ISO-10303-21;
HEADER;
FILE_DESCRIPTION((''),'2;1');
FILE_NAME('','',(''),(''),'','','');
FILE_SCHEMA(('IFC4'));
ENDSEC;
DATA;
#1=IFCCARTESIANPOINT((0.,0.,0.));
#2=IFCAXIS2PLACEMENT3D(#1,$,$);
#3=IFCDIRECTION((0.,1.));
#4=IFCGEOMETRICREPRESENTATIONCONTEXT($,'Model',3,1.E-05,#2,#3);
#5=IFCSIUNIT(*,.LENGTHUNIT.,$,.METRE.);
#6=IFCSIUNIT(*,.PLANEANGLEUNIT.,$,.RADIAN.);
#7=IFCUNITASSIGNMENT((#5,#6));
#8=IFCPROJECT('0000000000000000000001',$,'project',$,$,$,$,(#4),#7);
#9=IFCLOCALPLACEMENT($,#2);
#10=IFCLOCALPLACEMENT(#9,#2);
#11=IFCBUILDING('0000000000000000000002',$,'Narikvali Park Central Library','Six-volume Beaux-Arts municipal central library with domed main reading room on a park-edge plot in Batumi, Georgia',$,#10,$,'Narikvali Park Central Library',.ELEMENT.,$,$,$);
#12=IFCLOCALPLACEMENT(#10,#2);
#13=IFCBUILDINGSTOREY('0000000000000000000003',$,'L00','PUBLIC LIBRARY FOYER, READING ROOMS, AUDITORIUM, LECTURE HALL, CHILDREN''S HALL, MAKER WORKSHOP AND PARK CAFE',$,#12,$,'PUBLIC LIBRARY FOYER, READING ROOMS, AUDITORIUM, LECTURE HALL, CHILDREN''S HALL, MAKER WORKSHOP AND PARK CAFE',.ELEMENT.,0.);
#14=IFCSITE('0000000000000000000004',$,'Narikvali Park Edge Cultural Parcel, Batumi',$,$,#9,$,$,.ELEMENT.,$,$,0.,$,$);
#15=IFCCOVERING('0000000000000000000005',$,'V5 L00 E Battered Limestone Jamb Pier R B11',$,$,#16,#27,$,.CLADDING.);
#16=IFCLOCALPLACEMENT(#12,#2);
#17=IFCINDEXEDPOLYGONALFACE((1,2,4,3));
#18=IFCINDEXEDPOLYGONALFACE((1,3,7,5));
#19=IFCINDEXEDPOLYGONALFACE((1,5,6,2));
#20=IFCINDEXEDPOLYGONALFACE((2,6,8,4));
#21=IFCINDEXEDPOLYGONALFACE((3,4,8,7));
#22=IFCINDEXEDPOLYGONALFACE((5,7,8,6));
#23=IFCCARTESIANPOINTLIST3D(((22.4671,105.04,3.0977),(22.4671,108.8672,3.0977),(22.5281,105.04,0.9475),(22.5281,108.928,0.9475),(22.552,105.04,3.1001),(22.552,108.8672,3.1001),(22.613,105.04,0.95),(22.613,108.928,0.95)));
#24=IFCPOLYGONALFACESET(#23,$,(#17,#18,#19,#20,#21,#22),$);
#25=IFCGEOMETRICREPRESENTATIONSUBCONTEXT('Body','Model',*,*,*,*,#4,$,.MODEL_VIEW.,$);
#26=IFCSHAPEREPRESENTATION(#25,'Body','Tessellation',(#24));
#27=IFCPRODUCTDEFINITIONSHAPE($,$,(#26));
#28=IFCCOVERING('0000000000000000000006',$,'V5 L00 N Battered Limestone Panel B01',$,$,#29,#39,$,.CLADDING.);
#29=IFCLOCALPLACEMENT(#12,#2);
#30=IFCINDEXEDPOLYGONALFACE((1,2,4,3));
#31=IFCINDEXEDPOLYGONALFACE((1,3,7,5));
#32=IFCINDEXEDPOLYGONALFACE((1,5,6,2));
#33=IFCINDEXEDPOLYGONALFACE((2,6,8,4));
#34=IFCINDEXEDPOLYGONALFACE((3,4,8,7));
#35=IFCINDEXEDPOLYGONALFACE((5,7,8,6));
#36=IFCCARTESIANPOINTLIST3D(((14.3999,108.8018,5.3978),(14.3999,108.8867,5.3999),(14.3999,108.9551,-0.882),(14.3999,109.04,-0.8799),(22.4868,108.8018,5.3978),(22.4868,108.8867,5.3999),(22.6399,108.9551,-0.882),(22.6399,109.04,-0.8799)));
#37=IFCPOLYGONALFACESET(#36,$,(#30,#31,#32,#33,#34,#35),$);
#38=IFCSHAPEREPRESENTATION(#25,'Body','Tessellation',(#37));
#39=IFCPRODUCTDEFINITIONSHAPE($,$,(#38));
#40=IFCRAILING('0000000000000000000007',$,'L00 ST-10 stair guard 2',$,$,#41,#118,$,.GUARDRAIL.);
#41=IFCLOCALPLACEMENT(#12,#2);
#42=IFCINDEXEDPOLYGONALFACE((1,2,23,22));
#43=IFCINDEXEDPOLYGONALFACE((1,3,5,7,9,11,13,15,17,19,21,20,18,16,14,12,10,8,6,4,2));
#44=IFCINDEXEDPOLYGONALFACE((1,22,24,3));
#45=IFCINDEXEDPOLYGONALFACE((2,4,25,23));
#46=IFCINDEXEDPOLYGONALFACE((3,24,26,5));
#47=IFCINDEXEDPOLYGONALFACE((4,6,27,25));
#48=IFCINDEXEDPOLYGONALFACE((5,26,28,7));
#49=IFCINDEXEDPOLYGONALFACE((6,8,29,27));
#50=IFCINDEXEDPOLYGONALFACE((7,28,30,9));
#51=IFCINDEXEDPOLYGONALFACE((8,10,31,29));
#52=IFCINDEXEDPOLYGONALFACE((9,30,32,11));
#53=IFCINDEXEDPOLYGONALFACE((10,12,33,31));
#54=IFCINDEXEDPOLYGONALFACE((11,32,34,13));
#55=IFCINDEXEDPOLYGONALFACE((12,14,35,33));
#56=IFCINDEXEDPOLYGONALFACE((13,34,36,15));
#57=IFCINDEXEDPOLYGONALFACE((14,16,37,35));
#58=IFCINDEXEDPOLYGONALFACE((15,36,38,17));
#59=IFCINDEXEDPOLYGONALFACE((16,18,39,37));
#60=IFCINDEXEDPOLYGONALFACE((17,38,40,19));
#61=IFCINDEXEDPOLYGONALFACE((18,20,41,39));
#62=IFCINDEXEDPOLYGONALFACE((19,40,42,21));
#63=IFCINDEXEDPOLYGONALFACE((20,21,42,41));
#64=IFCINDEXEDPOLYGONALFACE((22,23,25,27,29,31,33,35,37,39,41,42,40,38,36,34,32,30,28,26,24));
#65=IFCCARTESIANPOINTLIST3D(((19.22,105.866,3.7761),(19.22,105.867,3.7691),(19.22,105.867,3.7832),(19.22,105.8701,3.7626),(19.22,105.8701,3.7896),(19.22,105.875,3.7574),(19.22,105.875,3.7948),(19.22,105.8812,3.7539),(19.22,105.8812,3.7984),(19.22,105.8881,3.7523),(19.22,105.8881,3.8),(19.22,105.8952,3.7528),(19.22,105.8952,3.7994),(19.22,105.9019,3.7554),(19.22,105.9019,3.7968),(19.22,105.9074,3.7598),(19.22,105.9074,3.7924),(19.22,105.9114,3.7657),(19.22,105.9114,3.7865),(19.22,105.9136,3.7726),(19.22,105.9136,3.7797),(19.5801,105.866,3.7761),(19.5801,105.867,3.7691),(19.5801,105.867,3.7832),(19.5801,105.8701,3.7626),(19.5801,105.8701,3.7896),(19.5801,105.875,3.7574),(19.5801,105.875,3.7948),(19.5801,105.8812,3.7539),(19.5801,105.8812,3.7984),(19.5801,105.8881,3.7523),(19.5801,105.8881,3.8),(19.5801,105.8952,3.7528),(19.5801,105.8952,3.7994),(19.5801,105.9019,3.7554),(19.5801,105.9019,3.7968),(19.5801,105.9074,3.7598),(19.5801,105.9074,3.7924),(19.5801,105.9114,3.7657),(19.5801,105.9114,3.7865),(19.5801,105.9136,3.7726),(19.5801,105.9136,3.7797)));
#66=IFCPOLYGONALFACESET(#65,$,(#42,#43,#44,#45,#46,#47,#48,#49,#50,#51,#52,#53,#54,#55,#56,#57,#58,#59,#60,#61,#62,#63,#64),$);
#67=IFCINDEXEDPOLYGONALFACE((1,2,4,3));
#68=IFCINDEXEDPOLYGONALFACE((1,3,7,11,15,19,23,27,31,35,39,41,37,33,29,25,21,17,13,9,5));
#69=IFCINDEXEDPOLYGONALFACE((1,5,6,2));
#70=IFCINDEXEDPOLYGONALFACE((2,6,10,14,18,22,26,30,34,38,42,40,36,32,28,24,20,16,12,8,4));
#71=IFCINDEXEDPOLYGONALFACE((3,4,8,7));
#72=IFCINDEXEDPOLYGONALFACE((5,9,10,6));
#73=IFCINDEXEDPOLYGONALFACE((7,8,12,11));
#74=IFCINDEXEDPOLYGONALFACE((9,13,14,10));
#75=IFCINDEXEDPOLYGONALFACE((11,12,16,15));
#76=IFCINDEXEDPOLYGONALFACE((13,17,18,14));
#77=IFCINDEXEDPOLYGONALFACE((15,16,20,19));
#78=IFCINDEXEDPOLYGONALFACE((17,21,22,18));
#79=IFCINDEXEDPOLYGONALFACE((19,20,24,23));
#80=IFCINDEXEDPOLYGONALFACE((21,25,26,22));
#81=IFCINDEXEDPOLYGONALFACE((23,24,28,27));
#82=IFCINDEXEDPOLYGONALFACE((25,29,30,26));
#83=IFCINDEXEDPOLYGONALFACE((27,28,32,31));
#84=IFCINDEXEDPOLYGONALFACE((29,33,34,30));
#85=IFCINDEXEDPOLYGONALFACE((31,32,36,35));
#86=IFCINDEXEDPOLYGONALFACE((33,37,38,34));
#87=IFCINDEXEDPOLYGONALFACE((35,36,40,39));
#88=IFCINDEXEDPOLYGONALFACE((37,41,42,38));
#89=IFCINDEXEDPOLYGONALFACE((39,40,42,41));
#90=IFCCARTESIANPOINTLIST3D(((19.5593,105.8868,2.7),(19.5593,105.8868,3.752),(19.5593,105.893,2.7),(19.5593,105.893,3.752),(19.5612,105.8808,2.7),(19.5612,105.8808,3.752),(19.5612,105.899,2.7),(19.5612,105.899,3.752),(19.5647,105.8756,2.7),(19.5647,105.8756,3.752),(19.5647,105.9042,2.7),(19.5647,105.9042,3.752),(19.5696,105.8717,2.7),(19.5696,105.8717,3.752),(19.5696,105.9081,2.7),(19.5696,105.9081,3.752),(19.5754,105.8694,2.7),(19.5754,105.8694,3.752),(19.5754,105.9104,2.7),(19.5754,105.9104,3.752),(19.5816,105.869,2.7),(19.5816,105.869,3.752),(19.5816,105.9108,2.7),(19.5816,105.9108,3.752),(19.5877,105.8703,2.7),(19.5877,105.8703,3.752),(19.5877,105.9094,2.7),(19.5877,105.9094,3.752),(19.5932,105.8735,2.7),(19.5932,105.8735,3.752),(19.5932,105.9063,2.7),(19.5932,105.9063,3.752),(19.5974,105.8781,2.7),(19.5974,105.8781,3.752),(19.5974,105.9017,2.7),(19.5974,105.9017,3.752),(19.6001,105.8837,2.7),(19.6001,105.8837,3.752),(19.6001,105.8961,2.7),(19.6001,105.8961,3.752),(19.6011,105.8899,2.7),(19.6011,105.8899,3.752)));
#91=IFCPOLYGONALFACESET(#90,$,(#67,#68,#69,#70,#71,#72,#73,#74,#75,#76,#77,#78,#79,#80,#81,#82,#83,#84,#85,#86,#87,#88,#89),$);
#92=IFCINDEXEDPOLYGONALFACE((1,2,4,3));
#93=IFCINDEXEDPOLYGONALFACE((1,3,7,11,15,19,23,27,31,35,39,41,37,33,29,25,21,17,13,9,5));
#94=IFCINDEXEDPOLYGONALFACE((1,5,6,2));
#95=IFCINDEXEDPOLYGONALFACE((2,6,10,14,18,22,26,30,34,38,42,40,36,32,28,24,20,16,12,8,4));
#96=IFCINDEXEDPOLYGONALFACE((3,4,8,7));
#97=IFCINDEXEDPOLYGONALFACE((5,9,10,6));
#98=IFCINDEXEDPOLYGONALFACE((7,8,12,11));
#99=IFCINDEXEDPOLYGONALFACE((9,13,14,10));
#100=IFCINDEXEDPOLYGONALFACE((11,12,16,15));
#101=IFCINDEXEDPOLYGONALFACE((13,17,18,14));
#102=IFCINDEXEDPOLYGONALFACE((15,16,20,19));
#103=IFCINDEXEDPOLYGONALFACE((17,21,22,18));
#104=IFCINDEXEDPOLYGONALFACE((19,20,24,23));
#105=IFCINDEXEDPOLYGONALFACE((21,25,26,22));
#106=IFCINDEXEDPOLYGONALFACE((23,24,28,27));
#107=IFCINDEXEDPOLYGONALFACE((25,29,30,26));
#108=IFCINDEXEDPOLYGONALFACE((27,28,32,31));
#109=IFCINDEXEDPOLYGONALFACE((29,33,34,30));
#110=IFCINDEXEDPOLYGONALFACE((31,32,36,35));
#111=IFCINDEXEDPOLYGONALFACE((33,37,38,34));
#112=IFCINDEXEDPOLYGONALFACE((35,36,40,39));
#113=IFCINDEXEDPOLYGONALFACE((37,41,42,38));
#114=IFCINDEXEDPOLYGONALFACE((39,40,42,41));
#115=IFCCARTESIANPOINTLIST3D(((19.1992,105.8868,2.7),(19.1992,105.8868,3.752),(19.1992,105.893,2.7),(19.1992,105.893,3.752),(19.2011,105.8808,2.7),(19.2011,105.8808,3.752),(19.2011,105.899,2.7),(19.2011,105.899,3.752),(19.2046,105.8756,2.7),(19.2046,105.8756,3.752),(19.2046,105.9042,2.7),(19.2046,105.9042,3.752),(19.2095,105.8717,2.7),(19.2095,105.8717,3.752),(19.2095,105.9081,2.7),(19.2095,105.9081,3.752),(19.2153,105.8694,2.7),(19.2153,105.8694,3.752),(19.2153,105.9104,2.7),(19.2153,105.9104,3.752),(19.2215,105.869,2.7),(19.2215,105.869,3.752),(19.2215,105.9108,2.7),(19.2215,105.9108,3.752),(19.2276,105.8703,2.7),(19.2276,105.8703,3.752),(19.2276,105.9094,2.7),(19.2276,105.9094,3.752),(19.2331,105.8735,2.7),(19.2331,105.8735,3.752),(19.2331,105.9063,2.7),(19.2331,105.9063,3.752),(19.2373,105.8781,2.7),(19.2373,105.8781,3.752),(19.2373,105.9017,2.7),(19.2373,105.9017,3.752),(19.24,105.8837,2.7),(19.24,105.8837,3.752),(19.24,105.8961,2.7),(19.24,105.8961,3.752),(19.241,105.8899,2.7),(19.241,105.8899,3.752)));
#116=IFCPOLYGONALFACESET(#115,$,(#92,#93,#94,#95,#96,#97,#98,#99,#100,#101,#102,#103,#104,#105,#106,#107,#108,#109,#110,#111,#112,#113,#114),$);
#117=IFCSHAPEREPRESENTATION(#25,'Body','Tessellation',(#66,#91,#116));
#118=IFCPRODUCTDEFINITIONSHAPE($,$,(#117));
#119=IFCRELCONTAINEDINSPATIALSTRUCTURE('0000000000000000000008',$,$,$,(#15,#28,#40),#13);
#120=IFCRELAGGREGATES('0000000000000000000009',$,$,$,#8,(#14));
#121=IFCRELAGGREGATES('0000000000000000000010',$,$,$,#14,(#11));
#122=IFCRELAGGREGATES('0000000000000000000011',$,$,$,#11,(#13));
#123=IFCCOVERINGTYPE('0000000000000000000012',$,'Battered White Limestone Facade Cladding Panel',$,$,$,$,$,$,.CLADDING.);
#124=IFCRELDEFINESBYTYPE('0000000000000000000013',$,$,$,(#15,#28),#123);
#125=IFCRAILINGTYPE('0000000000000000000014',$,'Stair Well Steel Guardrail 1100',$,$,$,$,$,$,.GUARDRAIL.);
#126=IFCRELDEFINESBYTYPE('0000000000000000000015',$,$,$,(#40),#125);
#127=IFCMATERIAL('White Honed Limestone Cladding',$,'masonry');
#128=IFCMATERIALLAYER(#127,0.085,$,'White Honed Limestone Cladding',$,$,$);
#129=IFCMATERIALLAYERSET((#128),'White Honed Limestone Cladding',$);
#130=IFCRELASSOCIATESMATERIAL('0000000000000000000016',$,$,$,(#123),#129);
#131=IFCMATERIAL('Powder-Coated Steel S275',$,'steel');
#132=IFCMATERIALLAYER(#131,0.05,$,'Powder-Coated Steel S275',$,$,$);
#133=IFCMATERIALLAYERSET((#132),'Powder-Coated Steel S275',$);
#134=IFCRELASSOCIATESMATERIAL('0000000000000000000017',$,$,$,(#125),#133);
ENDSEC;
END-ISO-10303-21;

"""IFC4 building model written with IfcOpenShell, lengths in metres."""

from ifc_helpers import new_model, si_unit, direction, frame, origin, origin_2d, place, context, subcontext, project, spatial, polyline, circle, outline, extrude, material, layer, layer_set, type_object, element, save


model = new_model("IFC4")

# Units and contexts
model_context = context("Model", 3, precision=1e-05, world=origin(), true_north=direction((0.0, 1.0)))
body_context = subcontext(model_context, "Body", "Model", "MODEL_VIEW")
ifc_project = project(units=[si_unit("LENGTHUNIT", "METRE"), si_unit("PLANEANGLEUNIT", "RADIAN")], contexts=[model_context])

# Site, building, storey
site_placement = place(None, origin())
site = spatial("IfcSite", under=ifc_project, at=site_placement, Name="Narikvali Park Edge Cultural Parcel, Batumi", CompositionType="ELEMENT", RefElevation=0.0)
building_placement = place(site_placement, origin())
building = spatial("IfcBuilding", under=site, at=building_placement, Name="Narikvali Park Central Library", Description="Six-volume Beaux-Arts municipal central library with domed main reading room on a park-edge plot in Batumi, Georgia", LongName="Narikvali Park Central Library", CompositionType="ELEMENT")
storey_placement = place(building_placement, origin())
storey = spatial("IfcBuildingStorey", under=building, at=storey_placement, Name="L00", Description="PUBLIC LIBRARY FOYER, READING ROOMS, AUDITORIUM, LECTURE HALL, CHILDREN'S HALL, MAKER WORKSHOP AND PARK CAFE", LongName="PUBLIC LIBRARY FOYER, READING ROOMS, AUDITORIUM, LECTURE HALL, CHILDREN'S HALL, MAKER WORKSHOP AND PARK CAFE", CompositionType="ELEMENT", Elevation=0.0)

# Coverings
ifc_material_1 = material(Name="White Honed Limestone Cladding", Category="masonry")
ifc_layer_1 = layer(ifc_material_1, 0.085, Name="White Honed Limestone Cladding")
ifc_layer_set_1 = layer_set([ifc_layer_1], Name="White Honed Limestone Cladding")
covering_type = type_object("IfcCoveringType", Name="Battered White Limestone Facade Cladding Panel", PredefinedType="CLADDING", material=ifc_layer_set_1)
covering_1_placement = place(storey_placement, frame((22.613, 105.04, 0.95), z_axis=(0.999597, 0.0, 0.028375), x_axis=(0.0, 1.0, 0.0)))
element("IfcCovering", 1, at=covering_1_placement, inside=storey, type_object=covering_type, Name="V5 L00 E Battered Limestone Jamb Pier R B11", PredefinedType="CLADDING", context=body_context, shape_type="SweptSolid", body=[
    extrude(outline(polyline([(0.0, 0.0), (3.8879, 0.0), (3.8271, 2.151), (0.0, 2.151), (0.0, 0.0)])), origin(), (0.0, 0.0, -1.0), 0.085),
])
covering_2_placement = place(storey_placement, frame((22.6399, 109.04, -0.8799), z_axis=(0.0, 0.999702, 0.024408), x_axis=(-1.0, 0.0, 0.0)))
element("IfcCovering", 2, at=covering_2_placement, inside=storey, type_object=covering_type, Name="V5 L00 N Battered Limestone Panel B01", PredefinedType="CLADDING", context=body_context, shape_type="SweptSolid", body=[
    extrude(outline(polyline([(0.0, 0.0), (8.24, 0.0), (8.24, 6.2817), (0.1531, 6.2817), (0.0, 0.0)])), origin(), (0.0, 0.0, -1.0), 0.085),
])

# Railing
ifc_material_2 = material(Name="Powder-Coated Steel S275", Category="steel")
ifc_layer_2 = layer(ifc_material_2, 0.05, Name="Powder-Coated Steel S275")
ifc_layer_set_2 = layer_set([ifc_layer_2], Name="Powder-Coated Steel S275")
railing_type = type_object("IfcRailingType", Name="Stair Well Steel Guardrail 1100", PredefinedType="GUARDRAIL", material=ifc_layer_set_2)
railing_1_placement = place(storey_placement, frame((19.5801, 105.8899, 2.7)))
element("IfcRailing", 3, at=railing_1_placement, inside=storey, type_object=railing_type, Name="L00 ST-10 stair guard 2", PredefinedType="GUARDRAIL", context=body_context, shape_type="SweptSolid", body=[
    extrude(circle(Radius=0.0239, at=origin_2d()), frame((0.0, 0.0, 1.0762), z_axis=(-1.0, 0.0, 0.0), x_axis=(0.0, -1.0, 0.0)), (0.0, 0.0, 1.0), 0.3601),
    extrude(circle(Radius=0.021, at=origin_2d()), origin(), (0.0, 0.0, 1.0), 1.052),
    extrude(circle(Radius=0.021, at=origin_2d()), frame((-0.3601, 0.0, 0.0)), (0.0, 0.0, 1.0), 1.052),
])

save(model, "model.ifc")
